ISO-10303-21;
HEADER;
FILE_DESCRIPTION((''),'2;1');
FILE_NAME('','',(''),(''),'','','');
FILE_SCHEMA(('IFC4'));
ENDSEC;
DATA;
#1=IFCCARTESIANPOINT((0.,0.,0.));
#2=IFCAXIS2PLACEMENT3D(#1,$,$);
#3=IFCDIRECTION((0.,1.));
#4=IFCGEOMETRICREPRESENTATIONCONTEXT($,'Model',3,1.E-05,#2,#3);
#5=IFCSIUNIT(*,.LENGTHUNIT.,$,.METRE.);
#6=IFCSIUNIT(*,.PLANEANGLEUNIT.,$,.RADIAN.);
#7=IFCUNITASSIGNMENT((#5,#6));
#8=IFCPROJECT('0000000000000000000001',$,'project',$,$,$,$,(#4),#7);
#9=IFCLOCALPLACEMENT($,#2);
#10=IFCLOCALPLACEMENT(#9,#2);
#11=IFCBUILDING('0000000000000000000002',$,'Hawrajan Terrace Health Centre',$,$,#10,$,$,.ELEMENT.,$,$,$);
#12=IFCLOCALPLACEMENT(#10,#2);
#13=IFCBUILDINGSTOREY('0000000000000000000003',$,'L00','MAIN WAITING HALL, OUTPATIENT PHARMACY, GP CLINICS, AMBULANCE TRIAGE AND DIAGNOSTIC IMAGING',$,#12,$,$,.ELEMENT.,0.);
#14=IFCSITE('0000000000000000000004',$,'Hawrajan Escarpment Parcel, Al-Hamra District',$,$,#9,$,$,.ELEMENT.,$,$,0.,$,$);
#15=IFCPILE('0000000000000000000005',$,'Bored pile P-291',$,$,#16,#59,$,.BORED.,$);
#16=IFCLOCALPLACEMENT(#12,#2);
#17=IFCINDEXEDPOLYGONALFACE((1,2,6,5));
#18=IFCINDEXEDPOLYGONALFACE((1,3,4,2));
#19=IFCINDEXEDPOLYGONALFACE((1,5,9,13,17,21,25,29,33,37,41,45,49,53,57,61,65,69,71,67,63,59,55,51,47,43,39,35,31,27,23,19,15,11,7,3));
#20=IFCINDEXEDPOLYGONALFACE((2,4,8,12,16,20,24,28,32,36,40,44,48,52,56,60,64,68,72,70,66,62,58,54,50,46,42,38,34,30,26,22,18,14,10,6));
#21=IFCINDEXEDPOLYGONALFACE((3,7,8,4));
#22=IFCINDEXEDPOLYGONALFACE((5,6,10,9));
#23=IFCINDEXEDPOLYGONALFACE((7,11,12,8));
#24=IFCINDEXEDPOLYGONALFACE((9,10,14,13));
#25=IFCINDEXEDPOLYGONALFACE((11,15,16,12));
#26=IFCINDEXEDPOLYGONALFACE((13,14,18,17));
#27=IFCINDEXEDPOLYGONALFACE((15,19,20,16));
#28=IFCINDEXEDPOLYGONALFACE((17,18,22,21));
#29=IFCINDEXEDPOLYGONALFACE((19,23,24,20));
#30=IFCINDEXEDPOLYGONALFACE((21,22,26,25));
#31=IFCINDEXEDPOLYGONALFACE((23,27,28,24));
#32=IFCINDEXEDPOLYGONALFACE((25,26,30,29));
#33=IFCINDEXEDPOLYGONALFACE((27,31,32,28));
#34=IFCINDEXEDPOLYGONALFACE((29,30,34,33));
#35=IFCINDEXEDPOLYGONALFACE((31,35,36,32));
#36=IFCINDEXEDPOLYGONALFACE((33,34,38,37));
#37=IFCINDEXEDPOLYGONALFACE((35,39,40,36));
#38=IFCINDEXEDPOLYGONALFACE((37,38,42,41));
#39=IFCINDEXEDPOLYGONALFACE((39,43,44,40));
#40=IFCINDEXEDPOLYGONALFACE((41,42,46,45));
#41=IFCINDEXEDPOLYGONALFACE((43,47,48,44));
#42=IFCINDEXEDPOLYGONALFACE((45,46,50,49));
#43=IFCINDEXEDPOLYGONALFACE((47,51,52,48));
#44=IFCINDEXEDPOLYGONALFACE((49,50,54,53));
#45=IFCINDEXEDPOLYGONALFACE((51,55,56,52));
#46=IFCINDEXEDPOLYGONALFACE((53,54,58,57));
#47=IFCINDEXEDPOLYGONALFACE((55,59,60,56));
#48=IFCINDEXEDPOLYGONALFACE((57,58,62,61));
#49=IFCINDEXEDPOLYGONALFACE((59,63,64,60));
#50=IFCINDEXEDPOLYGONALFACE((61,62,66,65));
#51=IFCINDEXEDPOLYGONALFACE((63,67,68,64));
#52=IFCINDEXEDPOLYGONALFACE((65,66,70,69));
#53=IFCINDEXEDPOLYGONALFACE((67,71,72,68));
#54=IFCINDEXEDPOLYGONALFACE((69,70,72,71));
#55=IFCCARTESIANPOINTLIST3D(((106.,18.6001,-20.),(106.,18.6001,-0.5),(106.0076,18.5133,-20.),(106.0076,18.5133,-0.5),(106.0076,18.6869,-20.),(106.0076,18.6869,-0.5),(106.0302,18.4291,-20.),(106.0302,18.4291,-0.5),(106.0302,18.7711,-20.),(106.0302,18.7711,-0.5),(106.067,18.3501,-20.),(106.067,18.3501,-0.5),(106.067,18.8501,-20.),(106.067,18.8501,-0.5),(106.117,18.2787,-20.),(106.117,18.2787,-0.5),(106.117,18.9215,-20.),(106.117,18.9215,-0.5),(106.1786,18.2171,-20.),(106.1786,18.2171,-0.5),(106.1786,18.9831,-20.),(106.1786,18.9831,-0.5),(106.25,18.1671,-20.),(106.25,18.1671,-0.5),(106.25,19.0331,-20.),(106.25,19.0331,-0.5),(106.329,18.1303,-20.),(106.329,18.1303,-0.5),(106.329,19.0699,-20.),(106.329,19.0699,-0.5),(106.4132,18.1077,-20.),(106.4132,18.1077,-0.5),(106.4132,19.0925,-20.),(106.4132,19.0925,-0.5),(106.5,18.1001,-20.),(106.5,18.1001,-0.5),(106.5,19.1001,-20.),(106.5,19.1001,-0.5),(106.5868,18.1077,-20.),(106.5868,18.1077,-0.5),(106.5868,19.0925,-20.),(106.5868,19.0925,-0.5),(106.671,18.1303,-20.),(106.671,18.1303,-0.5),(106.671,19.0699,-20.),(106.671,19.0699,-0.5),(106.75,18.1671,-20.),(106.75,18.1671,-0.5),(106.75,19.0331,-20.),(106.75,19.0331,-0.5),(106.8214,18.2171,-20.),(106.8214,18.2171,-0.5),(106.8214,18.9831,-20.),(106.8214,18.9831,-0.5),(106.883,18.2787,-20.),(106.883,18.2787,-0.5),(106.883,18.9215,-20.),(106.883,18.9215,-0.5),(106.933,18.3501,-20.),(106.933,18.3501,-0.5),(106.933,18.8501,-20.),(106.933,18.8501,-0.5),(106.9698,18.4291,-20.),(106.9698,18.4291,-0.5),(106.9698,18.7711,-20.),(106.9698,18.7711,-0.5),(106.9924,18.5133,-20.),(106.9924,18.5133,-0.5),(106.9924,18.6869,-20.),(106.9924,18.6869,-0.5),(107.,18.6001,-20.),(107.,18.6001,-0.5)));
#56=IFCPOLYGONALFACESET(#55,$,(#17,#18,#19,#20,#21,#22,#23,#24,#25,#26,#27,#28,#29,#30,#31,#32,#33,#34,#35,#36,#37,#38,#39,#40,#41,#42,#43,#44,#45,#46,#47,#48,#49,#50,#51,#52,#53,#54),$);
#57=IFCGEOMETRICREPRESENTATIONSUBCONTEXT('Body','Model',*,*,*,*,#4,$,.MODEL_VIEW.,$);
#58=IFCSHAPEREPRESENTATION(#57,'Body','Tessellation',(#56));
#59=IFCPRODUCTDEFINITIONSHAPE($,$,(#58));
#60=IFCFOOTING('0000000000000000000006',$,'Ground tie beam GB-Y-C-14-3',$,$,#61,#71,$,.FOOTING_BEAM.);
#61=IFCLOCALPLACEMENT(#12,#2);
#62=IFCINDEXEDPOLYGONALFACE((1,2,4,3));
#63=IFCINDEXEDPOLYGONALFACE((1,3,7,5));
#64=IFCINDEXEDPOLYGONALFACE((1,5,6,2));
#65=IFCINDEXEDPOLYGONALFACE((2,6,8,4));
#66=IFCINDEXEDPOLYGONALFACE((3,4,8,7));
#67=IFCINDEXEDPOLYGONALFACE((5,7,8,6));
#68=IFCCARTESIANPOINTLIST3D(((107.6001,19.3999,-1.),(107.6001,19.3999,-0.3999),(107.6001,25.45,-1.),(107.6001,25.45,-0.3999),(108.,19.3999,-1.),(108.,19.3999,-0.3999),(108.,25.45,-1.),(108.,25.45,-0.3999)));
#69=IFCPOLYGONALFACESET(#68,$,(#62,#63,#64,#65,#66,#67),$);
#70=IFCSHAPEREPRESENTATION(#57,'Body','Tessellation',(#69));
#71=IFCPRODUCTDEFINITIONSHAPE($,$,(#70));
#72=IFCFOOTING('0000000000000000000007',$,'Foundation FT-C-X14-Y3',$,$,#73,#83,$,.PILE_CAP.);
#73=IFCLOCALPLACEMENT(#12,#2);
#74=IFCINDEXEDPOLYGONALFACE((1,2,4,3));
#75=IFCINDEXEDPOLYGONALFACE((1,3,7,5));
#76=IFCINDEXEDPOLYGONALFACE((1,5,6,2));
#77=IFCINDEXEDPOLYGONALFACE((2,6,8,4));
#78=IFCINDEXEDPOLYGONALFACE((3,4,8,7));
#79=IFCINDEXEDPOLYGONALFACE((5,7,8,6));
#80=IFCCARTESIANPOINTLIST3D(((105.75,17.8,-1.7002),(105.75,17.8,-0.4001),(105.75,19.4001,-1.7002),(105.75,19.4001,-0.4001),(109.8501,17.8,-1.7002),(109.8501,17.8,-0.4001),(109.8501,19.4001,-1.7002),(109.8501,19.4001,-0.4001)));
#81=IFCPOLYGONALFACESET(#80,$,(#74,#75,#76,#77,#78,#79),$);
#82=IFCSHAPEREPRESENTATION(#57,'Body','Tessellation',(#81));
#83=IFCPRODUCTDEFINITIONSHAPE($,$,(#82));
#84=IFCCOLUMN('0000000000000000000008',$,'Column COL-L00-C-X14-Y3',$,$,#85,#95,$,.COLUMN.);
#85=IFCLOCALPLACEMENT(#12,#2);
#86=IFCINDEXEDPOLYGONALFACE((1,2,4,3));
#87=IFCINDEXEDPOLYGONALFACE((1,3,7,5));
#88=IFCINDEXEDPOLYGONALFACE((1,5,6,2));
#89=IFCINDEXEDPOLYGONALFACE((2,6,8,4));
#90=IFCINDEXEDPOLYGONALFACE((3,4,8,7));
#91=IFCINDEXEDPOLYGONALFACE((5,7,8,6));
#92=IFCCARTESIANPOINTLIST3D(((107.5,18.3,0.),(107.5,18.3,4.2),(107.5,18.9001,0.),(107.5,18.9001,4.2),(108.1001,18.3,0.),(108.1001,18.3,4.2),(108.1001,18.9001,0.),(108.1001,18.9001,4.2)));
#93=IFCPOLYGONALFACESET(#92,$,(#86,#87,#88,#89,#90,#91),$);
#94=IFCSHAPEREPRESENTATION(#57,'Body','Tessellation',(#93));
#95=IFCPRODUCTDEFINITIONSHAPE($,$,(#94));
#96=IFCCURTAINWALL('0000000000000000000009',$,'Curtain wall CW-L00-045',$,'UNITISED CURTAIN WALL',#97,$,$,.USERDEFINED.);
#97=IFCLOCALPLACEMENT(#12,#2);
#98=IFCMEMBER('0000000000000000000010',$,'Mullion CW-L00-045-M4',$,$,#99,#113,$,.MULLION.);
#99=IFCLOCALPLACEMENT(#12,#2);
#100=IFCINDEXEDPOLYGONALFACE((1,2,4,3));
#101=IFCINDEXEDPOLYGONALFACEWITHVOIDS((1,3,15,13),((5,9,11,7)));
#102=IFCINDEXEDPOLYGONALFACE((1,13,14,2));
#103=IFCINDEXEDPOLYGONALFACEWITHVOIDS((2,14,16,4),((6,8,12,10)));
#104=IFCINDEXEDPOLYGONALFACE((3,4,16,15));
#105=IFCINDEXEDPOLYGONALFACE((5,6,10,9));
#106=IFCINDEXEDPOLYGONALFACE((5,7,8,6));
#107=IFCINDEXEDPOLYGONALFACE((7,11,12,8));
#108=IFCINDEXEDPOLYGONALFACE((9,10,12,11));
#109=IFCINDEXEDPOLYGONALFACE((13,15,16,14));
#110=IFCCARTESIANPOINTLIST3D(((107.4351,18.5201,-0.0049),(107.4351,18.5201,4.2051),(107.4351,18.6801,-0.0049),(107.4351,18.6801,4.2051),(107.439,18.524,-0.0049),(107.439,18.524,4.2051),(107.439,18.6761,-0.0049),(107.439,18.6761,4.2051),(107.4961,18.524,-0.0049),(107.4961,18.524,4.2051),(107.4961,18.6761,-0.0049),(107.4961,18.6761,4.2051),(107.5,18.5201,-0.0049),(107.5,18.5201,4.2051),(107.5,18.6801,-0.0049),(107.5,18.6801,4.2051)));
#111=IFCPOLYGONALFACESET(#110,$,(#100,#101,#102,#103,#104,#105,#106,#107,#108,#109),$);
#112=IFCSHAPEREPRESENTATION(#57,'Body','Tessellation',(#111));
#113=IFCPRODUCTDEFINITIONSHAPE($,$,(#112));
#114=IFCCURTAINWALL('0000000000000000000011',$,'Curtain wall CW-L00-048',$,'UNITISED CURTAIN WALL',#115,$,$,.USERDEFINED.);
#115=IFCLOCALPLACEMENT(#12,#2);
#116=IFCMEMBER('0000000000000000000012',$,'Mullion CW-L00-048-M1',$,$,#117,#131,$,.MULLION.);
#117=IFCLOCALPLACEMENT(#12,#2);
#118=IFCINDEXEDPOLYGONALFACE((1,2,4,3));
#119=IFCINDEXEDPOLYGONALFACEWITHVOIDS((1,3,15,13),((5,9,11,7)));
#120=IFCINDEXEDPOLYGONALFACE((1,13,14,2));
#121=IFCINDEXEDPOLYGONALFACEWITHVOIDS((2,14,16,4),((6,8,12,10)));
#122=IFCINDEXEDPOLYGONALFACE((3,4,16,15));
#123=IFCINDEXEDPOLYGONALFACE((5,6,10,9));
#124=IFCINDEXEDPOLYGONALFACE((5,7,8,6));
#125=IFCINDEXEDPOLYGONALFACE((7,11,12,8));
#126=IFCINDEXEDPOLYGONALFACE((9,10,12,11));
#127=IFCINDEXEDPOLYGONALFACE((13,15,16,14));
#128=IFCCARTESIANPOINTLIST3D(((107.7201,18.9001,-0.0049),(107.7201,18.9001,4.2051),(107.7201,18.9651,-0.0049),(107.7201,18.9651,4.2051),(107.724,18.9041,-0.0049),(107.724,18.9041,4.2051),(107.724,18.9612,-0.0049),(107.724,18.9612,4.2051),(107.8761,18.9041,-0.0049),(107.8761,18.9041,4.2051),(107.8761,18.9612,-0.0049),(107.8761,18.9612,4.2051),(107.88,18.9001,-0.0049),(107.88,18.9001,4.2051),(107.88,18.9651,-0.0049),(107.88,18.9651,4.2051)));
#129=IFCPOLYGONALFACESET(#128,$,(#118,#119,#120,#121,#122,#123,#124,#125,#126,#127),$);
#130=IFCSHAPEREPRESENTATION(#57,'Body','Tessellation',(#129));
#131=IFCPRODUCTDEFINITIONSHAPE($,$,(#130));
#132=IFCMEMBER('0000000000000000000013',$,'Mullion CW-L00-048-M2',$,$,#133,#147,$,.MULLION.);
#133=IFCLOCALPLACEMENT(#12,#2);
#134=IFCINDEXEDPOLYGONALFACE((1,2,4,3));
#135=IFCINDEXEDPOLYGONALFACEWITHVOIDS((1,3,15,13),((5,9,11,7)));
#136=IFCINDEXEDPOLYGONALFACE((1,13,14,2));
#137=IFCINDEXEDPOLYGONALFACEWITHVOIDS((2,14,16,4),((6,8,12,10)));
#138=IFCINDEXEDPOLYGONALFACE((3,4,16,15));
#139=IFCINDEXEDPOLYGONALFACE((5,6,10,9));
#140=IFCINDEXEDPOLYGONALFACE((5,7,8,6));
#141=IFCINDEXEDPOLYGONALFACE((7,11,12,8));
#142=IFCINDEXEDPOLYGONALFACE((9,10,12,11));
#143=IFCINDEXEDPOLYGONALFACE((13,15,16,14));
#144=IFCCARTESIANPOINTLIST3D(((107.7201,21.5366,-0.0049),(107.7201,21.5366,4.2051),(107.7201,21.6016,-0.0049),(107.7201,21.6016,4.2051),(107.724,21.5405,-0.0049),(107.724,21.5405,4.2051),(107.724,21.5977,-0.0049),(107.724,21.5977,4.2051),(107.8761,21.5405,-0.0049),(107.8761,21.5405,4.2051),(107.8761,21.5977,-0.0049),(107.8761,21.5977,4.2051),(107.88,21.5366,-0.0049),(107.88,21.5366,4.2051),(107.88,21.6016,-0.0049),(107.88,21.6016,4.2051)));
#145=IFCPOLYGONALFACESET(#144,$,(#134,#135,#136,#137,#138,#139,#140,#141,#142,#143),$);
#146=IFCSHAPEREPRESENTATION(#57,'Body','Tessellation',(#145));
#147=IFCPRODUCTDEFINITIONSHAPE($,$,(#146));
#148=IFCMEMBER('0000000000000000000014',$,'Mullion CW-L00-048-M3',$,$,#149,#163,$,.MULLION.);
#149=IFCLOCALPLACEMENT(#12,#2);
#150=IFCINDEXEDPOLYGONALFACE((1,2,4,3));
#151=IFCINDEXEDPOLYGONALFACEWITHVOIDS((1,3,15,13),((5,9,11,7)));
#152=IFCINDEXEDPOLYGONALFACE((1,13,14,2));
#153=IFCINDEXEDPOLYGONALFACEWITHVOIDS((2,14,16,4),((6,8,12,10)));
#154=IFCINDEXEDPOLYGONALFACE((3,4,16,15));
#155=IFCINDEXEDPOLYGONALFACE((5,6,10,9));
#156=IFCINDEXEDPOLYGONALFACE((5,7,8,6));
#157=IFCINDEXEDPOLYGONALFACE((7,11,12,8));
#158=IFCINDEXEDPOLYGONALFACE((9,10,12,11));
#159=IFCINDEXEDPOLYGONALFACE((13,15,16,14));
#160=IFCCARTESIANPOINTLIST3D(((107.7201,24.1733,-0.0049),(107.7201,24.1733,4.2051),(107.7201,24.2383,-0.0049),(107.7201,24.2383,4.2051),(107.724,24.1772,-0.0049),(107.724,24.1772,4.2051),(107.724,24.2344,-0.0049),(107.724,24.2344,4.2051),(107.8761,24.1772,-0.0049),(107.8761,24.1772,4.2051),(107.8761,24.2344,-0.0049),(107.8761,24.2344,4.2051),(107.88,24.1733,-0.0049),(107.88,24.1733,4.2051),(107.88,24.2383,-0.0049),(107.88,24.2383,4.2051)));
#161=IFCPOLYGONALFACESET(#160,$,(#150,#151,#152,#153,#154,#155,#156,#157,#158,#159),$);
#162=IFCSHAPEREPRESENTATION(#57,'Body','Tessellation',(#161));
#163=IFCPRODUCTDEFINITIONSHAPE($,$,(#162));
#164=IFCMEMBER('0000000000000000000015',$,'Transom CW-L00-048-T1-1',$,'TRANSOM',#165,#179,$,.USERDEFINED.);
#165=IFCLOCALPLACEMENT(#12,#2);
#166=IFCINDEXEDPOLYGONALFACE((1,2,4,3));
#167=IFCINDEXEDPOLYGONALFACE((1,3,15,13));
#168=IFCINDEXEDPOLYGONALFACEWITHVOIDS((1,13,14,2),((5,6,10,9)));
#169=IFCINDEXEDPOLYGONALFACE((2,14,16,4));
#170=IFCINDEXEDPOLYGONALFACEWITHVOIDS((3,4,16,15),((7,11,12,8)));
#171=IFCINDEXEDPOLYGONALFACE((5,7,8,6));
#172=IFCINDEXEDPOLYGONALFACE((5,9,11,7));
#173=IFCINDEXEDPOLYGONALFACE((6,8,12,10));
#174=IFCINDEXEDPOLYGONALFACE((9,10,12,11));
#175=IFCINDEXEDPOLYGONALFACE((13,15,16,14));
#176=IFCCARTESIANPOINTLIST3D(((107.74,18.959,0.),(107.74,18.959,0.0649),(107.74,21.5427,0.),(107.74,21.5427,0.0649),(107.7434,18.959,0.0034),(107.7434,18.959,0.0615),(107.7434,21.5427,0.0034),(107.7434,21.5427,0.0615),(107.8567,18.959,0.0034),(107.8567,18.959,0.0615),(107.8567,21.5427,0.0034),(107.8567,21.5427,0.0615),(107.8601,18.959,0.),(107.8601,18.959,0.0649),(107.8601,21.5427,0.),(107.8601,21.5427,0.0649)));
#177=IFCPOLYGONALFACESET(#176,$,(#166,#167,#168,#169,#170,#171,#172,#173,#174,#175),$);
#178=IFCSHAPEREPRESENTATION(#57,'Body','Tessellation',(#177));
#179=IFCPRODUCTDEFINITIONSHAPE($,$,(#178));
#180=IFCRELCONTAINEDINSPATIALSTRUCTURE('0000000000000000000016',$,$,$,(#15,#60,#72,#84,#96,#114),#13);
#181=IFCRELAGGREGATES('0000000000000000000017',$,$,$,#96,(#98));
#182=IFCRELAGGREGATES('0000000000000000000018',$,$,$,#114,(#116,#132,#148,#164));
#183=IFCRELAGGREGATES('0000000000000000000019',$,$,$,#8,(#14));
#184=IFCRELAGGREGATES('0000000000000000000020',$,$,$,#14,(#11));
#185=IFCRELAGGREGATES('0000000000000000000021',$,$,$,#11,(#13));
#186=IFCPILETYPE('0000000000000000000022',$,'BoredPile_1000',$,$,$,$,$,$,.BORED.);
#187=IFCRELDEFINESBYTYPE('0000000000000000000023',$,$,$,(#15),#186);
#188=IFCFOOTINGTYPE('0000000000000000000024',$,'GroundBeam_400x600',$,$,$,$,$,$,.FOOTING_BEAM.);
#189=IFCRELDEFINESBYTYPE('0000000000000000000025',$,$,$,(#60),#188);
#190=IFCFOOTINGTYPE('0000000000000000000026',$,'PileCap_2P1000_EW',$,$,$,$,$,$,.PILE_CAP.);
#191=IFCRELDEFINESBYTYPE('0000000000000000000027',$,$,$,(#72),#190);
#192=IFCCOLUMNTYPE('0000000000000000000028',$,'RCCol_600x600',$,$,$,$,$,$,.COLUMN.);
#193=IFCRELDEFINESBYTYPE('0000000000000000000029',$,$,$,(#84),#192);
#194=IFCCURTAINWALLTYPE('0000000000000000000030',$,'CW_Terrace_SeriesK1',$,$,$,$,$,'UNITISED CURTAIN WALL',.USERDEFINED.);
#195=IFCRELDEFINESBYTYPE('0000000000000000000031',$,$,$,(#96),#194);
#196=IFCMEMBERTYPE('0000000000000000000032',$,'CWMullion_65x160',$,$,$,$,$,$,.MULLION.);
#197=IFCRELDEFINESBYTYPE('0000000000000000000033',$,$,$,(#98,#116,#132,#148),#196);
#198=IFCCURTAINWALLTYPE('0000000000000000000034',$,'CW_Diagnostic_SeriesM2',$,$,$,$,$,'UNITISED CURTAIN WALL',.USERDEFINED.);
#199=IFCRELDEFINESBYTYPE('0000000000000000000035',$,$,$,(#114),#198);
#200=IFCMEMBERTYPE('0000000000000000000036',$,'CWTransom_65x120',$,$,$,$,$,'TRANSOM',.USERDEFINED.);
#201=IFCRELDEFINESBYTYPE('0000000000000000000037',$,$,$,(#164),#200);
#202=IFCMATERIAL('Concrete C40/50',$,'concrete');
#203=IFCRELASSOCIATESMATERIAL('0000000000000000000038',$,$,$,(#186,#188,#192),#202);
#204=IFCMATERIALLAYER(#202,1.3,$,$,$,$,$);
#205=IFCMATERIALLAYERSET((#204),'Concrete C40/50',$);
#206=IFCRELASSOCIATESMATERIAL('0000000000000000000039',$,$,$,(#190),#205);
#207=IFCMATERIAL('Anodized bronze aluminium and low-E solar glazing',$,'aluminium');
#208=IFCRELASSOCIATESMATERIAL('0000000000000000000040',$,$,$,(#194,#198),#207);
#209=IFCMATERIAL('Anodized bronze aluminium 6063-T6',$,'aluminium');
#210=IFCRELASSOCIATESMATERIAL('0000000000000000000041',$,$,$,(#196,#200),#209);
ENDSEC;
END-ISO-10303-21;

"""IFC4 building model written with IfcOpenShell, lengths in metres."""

from ifc_helpers import new_model, si_unit, direction, frame, origin, origin_2d, place, context, subcontext, project, spatial, rectangle, hollow_rectangle, circle, extrude, material, layer, layer_set, material_profile, profile_set, type_object, element, aggregate, save


model = new_model("IFC4")

# Units and contexts
model_context = context("Model", 3, precision=1e-05, world=origin(), true_north=direction((0.0, 1.0)))
body_context = subcontext(model_context, "Body", "Model", "MODEL_VIEW")
ifc_project = project(units=[si_unit("LENGTHUNIT", "METRE"), si_unit("PLANEANGLEUNIT", "RADIAN")], contexts=[model_context])

# Site, building, storey
site_placement = place(None, origin())
site = spatial("IfcSite", under=ifc_project, at=site_placement, Name="Hawrajan Escarpment Parcel, Al-Hamra District", CompositionType="ELEMENT", RefElevation=0.0)
building_placement = place(site_placement, origin())
building = spatial("IfcBuilding", under=site, at=building_placement, Name="Hawrajan Terrace Health Centre", CompositionType="ELEMENT")
storey_placement = place(building_placement, origin())
storey = spatial("IfcBuildingStorey", under=building, at=storey_placement, Name="L00", Description="MAIN WAITING HALL, OUTPATIENT PHARMACY, GP CLINICS, AMBULANCE TRIAGE AND DIAGNOSTIC IMAGING", CompositionType="ELEMENT", Elevation=0.0)

# Pile
ifc_material_1 = material(Name="Concrete C40/50", Category="concrete")
ifc_material_profile_1 = material_profile(ifc_material_1, circle(Radius=0.5, at=origin_2d()), Name="BP 1000")
ifc_profile_set_1 = profile_set([ifc_material_profile_1], Name="Concrete C40/50")
pile_type = type_object("IfcPileType", Name="BoredPile_1000", PredefinedType="BORED", material=ifc_profile_set_1)
pile_placement = place(storey_placement, frame((106.5, 18.6001, -0.5), z_axis=(0.0, 0.0, -1.0), x_axis=(1.0, 0.0, 0.0)))
element("IfcPile", 1, at=pile_placement, inside=storey, type_object=pile_type, Name="Bored pile P-291", PredefinedType="BORED", context=body_context, shape_type="SweptSolid", body=[
    extrude(circle(Radius=0.5, at=origin_2d()), origin(), (0.0, 0.0, 1.0), 19.5),
])

# Footings
ifc_material_profile_2 = material_profile(ifc_material_1, rectangle(XDim=0.3999, YDim=0.6001, at=origin_2d()), Name="RC BM 400x600")
ifc_profile_set_2 = profile_set([ifc_material_profile_2], Name="Concrete C40/50")
footing_type_1 = type_object("IfcFootingType", Name="GroundBeam_400x600", PredefinedType="FOOTING_BEAM", material=ifc_profile_set_2)
footing_1_placement = place(storey_placement, frame((107.8, 19.3999, -0.7), z_axis=(0.0, 1.0, 0.0), x_axis=(-1.0, 0.0, 0.0)))
element("IfcFooting", 2, at=footing_1_placement, inside=storey, type_object=footing_type_1, Name="Ground tie beam GB-Y-C-14-3", PredefinedType="FOOTING_BEAM", context=body_context, shape_type="SweptSolid", body=[
    extrude(rectangle(XDim=0.3999, YDim=0.6001, at=origin_2d()), origin(), (0.0, 0.0, 1.0), 6.05),
])
ifc_layer_1 = layer(ifc_material_1, 1.3)
ifc_layer_set_1 = layer_set([ifc_layer_1], Name="Concrete C40/50")
footing_type_2 = type_object("IfcFootingType", Name="PileCap_2P1000_EW", PredefinedType="PILE_CAP", material=ifc_layer_set_1)
footing_2_placement = place(storey_placement, frame((107.8, 18.6001, -1.7002), z_axis=(0.0, 0.0, 1.0), x_axis=(1.0, 0.0, 0.0)))
element("IfcFooting", 3, at=footing_2_placement, inside=storey, type_object=footing_type_2, Name="Foundation FT-C-X14-Y3", PredefinedType="PILE_CAP", context=body_context, shape_type="SweptSolid", body=[
    extrude(rectangle(XDim=4.1001, YDim=1.6001, at=origin_2d()), origin(), (0.0, 0.0, 1.0), 1.3),
])

# Column
ifc_material_profile_3 = material_profile(ifc_material_1, rectangle(XDim=0.6001, YDim=0.6001, at=origin_2d()), Name="RC 600x600")
ifc_profile_set_3 = profile_set([ifc_material_profile_3], Name="Concrete C40/50")
column_type = type_object("IfcColumnType", Name="RCCol_600x600", PredefinedType="COLUMN", material=ifc_profile_set_3)
column_placement = place(storey_placement, frame((107.8, 18.6001, 0.0), z_axis=(0.0, 0.0, 1.0), x_axis=(1.0, 0.0, 0.0)))
element("IfcColumn", 4, at=column_placement, inside=storey, type_object=column_type, Name="Column COL-L00-C-X14-Y3", PredefinedType="COLUMN", context=body_context, shape_type="SweptSolid", body=[
    extrude(rectangle(XDim=0.6001, YDim=0.6001, at=origin_2d()), origin(), (0.0, 0.0, 1.0), 4.2),
])

# Curtain wall, member
ifc_material_2 = material(Name="Anodized bronze aluminium and low-E solar glazing", Category="aluminium")
curtain_wall_type_1 = type_object("IfcCurtainWallType", Name="CW_Terrace_SeriesK1", ElementType="UNITISED CURTAIN WALL", PredefinedType="USERDEFINED", material=ifc_material_2)
curtain_wall_1_placement = place(storey_placement, origin())
curtain_wall_1 = element("IfcCurtainWall", 5, at=curtain_wall_1_placement, inside=storey, type_object=curtain_wall_type_1, Name="Curtain wall CW-L00-045", ObjectType="UNITISED CURTAIN WALL", PredefinedType="USERDEFINED")
ifc_material_3 = material(Name="Anodized bronze aluminium 6063-T6", Category="aluminium")
ifc_material_profile_4 = material_profile(ifc_material_3, hollow_rectangle(XDim=0.0649, YDim=0.1599, WallThickness=0.0039, at=origin_2d()), Name="CW MUL 65x160")
ifc_profile_set_4 = profile_set([ifc_material_profile_4], Name="Anodized bronze aluminium 6063-T6")
member_type_1 = type_object("IfcMemberType", Name="CWMullion_65x160", PredefinedType="MULLION", material=ifc_profile_set_4)
member_1_placement = place(storey_placement, frame((107.4675, 18.6001, -0.0049), z_axis=(0.0, 0.0, 1.0), x_axis=(1.0, 0.0, 0.0)))
member_1 = element("IfcMember", 6, at=member_1_placement, type_object=member_type_1, Name="Mullion CW-L00-045-M4", PredefinedType="MULLION", context=body_context, shape_type="SweptSolid", body=[
    extrude(hollow_rectangle(XDim=0.0649, YDim=0.1599, WallThickness=0.0039, at=origin_2d()), origin(), (0.0, 0.0, 1.0), 4.21),
])

# Curtain wall, members
curtain_wall_type_2 = type_object("IfcCurtainWallType", Name="CW_Diagnostic_SeriesM2", ElementType="UNITISED CURTAIN WALL", PredefinedType="USERDEFINED", material=ifc_material_2)
curtain_wall_2_placement = place(storey_placement, origin())
curtain_wall_2 = element("IfcCurtainWall", 7, at=curtain_wall_2_placement, inside=storey, type_object=curtain_wall_type_2, Name="Curtain wall CW-L00-048", ObjectType="UNITISED CURTAIN WALL", PredefinedType="USERDEFINED")
member_2_placement = place(storey_placement, frame((107.8, 18.9326, -0.0049), z_axis=(0.0, 0.0, 1.0), x_axis=(0.0, 1.0, 0.0)))
member_2 = element("IfcMember", 8, at=member_2_placement, type_object=member_type_1, Name="Mullion CW-L00-048-M1", PredefinedType="MULLION", context=body_context, shape_type="SweptSolid", body=[
    extrude(hollow_rectangle(XDim=0.0649, YDim=0.1599, WallThickness=0.0039, at=origin_2d()), origin(), (0.0, 0.0, 1.0), 4.21),
])
member_3_placement = place(storey_placement, frame((107.8, 21.5691, -0.0049), z_axis=(0.0, 0.0, 1.0), x_axis=(0.0, 1.0, 0.0)))
member_3 = element("IfcMember", 9, at=member_3_placement, type_object=member_type_1, Name="Mullion CW-L00-048-M2", PredefinedType="MULLION", context=body_context, shape_type="SweptSolid", body=[
    extrude(hollow_rectangle(XDim=0.0649, YDim=0.1599, WallThickness=0.0039, at=origin_2d()), origin(), (0.0, 0.0, 1.0), 4.21),
])
member_4_placement = place(storey_placement, frame((107.8, 24.2058, -0.0049), z_axis=(0.0, 0.0, 1.0), x_axis=(0.0, 1.0, 0.0)))
member_4 = element("IfcMember", 10, at=member_4_placement, type_object=member_type_1, Name="Mullion CW-L00-048-M3", PredefinedType="MULLION", context=body_context, shape_type="SweptSolid", body=[
    extrude(hollow_rectangle(XDim=0.0649, YDim=0.1599, WallThickness=0.0039, at=origin_2d()), origin(), (0.0, 0.0, 1.0), 4.21),
])
ifc_material_profile_5 = material_profile(ifc_material_3, hollow_rectangle(XDim=0.0649, YDim=0.1201, WallThickness=0.0034, at=origin_2d()), Name="CW TRN 65x120")
ifc_profile_set_5 = profile_set([ifc_material_profile_5], Name="Anodized bronze aluminium 6063-T6")
member_type_2 = type_object("IfcMemberType", Name="CWTransom_65x120", ElementType="TRANSOM", PredefinedType="USERDEFINED", material=ifc_profile_set_5)
member_5_placement = place(storey_placement, frame((107.8, 18.959, 0.0325), z_axis=(0.0, 1.0, 0.0), x_axis=(0.0, 0.0, 1.0)))
member_5 = element("IfcMember", 11, at=member_5_placement, type_object=member_type_2, Name="Transom CW-L00-048-T1-1", ObjectType="TRANSOM", PredefinedType="USERDEFINED", context=body_context, shape_type="SweptSolid", body=[
    extrude(hollow_rectangle(XDim=0.0649, YDim=0.1201, WallThickness=0.0034, at=origin_2d()), origin(), (0.0, 0.0, 1.0), 2.5837),
])

aggregate(curtain_wall_1, [member_1])
aggregate(curtain_wall_2, [member_2, member_3, member_4, member_5])

save(model, "model.ifc")
